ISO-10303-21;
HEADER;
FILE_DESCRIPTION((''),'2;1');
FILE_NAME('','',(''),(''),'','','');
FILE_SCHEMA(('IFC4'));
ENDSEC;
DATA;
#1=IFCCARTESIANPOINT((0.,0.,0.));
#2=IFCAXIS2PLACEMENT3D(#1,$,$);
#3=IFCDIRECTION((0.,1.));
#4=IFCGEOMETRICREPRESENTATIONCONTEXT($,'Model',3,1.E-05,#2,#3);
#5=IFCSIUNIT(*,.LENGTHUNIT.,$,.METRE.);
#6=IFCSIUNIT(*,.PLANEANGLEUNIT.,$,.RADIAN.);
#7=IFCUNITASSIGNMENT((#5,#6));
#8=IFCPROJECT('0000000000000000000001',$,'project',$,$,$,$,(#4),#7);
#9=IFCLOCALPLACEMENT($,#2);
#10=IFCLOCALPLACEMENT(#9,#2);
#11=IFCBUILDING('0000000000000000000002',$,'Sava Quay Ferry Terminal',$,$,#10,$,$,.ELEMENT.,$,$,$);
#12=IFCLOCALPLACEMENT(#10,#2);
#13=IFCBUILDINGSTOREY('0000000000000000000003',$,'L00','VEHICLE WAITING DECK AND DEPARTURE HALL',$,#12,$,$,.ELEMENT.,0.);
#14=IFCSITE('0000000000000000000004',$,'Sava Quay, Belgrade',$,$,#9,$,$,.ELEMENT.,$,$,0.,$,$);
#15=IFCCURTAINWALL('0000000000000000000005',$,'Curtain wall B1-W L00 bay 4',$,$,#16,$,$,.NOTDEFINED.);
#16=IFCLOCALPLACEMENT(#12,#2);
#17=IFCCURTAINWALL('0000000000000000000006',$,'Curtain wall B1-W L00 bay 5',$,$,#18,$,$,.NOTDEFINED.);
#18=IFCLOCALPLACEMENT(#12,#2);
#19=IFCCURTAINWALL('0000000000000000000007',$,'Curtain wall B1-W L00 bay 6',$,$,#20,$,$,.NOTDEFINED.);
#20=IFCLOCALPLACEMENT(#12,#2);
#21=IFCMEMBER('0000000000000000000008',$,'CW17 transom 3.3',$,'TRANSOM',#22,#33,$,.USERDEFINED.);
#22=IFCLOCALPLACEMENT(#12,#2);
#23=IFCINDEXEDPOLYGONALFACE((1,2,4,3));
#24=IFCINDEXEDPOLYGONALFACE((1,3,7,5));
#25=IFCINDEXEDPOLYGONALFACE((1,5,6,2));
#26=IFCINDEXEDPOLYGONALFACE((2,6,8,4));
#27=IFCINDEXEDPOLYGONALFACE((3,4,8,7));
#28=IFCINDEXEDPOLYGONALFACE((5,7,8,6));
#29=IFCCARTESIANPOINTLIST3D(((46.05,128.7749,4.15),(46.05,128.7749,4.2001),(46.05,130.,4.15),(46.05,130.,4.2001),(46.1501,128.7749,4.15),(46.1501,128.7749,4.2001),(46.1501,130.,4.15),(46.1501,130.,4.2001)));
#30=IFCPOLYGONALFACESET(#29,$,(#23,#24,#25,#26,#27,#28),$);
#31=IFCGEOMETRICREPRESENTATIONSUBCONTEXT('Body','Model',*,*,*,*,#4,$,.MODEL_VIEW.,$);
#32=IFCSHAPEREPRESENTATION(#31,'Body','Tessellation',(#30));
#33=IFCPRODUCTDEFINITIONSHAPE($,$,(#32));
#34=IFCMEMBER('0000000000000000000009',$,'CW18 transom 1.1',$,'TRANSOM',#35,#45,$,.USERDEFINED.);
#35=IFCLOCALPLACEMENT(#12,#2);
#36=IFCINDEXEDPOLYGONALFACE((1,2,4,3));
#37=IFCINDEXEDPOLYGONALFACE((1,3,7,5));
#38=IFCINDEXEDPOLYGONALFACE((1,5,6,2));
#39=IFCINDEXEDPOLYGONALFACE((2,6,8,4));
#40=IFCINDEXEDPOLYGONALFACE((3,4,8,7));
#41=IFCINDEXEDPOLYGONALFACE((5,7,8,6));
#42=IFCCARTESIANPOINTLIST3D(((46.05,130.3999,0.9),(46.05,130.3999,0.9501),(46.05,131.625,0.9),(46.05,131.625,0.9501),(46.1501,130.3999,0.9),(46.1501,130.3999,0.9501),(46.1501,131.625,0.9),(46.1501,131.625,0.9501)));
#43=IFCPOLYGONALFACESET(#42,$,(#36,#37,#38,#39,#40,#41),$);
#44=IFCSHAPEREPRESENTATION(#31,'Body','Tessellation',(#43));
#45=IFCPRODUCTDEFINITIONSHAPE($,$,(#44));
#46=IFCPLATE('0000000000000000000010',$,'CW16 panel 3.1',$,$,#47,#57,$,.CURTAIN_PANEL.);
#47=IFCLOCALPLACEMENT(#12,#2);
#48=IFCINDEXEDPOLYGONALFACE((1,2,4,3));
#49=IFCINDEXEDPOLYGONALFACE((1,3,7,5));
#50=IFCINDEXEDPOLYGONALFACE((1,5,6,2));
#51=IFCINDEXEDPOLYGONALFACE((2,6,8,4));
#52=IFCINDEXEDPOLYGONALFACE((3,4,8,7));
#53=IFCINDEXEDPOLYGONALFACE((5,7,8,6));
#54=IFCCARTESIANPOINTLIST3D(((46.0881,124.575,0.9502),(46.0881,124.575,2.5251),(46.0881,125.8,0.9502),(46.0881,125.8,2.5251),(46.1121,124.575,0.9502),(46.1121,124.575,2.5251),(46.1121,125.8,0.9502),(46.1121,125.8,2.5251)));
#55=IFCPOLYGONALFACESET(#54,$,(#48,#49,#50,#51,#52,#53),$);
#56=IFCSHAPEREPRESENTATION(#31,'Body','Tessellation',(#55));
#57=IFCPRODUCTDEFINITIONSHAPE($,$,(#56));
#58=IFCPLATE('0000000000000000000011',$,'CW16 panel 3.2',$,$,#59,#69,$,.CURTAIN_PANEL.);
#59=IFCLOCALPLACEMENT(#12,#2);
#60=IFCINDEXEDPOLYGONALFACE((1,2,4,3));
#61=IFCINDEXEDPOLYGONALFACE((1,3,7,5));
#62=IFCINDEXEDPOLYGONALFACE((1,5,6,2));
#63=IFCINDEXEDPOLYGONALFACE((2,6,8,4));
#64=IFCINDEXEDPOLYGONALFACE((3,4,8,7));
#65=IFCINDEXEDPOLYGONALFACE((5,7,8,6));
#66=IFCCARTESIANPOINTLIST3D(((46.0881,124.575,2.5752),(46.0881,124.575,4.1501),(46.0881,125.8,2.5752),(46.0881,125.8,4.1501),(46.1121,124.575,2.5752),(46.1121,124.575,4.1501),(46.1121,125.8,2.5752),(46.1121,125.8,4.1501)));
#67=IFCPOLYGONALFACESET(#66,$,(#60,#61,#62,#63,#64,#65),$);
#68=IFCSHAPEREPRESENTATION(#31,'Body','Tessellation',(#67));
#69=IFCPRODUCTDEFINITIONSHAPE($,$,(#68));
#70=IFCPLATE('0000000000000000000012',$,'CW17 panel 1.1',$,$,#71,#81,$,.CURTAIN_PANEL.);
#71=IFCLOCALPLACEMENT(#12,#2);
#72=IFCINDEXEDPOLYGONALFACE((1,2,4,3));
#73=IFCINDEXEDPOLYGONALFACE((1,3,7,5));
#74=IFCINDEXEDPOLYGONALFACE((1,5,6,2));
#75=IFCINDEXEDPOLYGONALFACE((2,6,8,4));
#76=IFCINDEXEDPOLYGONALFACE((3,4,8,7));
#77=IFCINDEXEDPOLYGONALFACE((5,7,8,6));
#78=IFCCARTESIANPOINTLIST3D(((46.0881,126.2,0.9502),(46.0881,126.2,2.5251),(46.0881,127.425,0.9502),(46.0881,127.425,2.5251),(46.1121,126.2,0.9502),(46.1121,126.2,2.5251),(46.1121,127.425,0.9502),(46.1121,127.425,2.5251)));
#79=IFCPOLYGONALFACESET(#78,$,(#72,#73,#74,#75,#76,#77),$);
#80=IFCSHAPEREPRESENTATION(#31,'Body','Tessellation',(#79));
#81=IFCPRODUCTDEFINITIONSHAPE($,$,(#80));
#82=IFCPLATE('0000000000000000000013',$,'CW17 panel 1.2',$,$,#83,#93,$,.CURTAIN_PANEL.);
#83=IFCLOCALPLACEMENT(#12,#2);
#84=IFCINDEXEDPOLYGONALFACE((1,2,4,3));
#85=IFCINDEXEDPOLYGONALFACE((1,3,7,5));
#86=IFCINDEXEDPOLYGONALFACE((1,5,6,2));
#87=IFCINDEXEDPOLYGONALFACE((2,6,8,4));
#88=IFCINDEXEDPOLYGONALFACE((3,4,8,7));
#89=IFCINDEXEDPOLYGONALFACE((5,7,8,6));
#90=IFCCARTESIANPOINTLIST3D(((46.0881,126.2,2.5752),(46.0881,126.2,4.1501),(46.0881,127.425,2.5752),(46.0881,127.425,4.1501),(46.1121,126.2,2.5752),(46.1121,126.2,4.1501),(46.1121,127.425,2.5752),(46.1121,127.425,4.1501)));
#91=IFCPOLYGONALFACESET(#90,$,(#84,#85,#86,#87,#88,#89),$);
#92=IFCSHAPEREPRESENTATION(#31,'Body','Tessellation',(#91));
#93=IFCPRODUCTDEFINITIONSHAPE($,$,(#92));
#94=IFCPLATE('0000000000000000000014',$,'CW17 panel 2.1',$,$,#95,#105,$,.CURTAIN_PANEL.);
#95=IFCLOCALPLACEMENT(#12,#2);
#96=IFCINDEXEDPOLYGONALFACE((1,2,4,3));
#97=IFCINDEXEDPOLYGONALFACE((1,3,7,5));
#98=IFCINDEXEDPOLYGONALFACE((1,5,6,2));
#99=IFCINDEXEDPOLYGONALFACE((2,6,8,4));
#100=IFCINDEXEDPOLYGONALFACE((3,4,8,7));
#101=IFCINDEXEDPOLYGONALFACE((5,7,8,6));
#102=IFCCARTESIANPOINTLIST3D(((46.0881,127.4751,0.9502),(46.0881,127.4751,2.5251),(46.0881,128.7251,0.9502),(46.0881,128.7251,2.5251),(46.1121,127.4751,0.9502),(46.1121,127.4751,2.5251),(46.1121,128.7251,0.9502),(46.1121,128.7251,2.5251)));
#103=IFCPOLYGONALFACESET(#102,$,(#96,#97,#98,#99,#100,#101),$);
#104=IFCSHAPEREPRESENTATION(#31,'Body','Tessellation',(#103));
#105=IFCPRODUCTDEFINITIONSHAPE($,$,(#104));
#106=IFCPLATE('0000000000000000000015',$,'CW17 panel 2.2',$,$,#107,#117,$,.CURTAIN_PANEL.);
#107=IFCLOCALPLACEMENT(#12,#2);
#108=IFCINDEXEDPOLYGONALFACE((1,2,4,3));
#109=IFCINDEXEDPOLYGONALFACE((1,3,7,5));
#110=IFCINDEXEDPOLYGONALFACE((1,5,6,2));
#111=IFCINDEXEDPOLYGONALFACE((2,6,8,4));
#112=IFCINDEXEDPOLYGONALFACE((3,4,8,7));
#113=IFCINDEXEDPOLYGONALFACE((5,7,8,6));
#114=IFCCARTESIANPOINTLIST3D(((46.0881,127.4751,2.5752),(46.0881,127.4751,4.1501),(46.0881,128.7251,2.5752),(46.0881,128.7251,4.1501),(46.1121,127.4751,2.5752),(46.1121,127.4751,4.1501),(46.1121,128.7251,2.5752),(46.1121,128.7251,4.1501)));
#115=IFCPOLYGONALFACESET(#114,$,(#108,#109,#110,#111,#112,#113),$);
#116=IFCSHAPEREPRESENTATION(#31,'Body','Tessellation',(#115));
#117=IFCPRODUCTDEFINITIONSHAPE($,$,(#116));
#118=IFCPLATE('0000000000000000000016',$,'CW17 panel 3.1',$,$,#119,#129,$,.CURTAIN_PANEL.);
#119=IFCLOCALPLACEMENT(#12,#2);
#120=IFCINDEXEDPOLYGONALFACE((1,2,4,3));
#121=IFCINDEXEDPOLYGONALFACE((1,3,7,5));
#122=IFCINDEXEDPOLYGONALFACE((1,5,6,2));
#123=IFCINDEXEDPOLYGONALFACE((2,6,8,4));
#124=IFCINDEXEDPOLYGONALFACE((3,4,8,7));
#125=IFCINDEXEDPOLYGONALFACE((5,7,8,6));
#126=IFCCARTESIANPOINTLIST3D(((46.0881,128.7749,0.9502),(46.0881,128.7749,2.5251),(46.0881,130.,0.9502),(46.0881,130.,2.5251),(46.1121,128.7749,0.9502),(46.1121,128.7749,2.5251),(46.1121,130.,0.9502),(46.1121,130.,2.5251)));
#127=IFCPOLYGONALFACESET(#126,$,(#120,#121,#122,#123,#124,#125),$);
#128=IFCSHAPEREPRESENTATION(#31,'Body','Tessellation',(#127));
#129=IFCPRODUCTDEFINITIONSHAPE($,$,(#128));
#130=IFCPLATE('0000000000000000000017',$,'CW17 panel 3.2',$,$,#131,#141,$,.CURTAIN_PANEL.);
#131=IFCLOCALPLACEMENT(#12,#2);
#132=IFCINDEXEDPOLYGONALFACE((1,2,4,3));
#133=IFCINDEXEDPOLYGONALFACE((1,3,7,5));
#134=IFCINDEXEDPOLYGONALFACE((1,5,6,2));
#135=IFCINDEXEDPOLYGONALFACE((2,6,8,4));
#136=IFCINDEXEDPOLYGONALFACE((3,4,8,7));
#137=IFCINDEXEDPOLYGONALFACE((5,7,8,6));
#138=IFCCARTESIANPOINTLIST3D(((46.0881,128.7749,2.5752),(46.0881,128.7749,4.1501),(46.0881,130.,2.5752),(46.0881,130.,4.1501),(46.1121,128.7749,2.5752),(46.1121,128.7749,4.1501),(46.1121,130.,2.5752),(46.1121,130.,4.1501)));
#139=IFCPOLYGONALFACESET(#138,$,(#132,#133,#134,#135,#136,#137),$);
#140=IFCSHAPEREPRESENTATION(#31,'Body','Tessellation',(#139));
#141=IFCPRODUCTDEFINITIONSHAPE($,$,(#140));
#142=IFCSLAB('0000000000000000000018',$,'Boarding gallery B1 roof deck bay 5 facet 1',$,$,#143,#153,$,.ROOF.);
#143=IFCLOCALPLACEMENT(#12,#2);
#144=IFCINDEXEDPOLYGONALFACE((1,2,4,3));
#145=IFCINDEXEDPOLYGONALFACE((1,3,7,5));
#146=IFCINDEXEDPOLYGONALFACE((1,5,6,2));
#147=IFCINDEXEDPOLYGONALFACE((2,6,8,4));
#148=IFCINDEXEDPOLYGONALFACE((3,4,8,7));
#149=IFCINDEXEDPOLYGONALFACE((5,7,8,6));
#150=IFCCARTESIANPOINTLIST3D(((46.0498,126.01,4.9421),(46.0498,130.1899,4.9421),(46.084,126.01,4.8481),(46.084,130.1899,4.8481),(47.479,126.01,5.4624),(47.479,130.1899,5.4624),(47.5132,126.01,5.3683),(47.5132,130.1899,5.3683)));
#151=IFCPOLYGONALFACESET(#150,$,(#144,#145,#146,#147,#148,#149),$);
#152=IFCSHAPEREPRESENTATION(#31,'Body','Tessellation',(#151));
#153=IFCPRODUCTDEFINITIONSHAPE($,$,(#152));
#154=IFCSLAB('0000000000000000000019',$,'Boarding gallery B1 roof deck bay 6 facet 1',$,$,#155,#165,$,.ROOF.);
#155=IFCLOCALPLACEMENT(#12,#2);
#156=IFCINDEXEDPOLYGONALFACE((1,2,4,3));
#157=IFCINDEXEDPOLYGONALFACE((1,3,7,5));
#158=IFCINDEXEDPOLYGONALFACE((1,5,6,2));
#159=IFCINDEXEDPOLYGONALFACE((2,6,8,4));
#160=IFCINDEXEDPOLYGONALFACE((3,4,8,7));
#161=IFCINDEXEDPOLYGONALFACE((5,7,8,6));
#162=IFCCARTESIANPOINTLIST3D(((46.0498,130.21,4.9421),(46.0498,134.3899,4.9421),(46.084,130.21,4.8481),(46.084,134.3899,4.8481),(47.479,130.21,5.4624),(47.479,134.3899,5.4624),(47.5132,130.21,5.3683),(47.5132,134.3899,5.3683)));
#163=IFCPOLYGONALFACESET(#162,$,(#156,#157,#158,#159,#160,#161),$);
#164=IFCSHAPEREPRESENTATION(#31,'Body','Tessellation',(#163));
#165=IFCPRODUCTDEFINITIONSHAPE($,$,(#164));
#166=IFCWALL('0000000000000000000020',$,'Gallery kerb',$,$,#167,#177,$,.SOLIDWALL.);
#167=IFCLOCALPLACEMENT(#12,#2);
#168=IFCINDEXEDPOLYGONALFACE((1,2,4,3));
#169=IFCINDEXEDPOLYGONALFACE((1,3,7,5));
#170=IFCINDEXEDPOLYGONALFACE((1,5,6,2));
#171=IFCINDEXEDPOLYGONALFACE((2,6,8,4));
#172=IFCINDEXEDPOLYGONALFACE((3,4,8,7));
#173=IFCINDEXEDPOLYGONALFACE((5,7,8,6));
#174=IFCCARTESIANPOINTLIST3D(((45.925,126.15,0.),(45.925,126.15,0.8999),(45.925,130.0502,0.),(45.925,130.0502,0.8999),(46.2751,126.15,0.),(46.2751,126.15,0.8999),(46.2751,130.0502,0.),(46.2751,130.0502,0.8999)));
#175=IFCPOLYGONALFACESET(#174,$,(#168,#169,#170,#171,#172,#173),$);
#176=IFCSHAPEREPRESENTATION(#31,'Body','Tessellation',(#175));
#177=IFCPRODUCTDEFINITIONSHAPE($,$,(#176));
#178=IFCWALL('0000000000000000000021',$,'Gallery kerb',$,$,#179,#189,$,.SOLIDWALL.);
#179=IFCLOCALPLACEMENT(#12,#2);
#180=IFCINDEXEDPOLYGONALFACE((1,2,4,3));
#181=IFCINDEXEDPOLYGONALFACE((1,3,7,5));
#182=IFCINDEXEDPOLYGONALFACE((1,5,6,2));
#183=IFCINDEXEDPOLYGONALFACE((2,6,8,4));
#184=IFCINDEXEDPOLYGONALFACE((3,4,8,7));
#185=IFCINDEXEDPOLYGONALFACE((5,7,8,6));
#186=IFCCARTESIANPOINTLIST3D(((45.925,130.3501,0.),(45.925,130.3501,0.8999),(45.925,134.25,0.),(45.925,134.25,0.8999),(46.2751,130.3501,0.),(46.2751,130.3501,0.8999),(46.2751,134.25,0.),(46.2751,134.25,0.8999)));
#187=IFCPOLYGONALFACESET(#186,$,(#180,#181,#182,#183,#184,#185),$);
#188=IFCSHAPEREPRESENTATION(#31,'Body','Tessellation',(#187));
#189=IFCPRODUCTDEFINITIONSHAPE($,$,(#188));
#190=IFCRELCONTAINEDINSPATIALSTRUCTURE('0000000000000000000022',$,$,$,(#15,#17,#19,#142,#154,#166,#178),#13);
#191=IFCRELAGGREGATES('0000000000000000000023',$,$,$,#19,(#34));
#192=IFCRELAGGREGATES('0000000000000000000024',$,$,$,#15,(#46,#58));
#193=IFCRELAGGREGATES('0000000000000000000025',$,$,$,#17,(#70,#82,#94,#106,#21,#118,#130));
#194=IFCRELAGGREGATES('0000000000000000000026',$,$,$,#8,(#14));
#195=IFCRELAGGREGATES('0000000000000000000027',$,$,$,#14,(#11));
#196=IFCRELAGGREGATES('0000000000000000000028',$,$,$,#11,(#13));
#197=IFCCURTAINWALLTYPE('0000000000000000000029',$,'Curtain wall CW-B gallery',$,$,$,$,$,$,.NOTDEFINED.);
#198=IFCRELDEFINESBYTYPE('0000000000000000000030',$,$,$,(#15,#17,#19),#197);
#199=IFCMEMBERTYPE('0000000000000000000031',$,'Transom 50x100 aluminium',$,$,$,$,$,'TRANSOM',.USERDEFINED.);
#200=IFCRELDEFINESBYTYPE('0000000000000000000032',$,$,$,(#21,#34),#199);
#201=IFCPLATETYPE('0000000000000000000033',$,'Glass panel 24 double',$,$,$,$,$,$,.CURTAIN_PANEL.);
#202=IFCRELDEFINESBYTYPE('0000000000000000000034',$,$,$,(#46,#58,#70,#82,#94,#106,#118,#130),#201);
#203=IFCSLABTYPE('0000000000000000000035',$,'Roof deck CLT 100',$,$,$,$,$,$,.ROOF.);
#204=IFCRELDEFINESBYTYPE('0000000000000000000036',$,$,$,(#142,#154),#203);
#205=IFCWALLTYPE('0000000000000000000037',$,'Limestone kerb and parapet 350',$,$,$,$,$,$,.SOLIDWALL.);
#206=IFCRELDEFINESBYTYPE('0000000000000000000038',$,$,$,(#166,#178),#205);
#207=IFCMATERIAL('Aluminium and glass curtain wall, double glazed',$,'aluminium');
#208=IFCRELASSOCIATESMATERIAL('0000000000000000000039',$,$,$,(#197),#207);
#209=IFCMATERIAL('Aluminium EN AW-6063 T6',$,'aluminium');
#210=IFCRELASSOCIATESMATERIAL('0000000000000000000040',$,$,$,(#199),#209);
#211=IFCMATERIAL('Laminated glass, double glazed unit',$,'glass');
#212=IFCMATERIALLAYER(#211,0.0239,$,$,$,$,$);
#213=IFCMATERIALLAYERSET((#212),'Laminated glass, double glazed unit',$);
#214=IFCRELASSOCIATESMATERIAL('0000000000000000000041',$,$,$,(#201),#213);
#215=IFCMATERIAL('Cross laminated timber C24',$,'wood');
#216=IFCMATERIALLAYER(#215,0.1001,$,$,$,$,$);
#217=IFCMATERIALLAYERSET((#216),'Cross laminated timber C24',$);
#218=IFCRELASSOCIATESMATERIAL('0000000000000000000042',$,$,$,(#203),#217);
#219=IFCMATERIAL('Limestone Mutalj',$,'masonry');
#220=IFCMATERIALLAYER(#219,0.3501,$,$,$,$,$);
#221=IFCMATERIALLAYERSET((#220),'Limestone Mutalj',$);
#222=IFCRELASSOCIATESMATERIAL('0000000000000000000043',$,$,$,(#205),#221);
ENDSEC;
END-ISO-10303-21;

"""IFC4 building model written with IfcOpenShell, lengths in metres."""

from ifc_helpers import new_model, si_unit, direction, frame, frame_2d, origin, origin_2d, place, context, subcontext, project, spatial, polyline, rectangle, outline, extrude, material, layer, layer_set, material_profile, profile_set, type_object, element, aggregate, save


model = new_model("IFC4")

# Units and contexts
model_context = context("Model", 3, precision=1e-05, world=origin(), true_north=direction((0.0, 1.0)))
body_context = subcontext(model_context, "Body", "Model", "MODEL_VIEW")
ifc_project = project(units=[si_unit("LENGTHUNIT", "METRE"), si_unit("PLANEANGLEUNIT", "RADIAN")], contexts=[model_context])

# Site, building, storey
site_placement = place(None, origin())
site = spatial("IfcSite", under=ifc_project, at=site_placement, Name="Sava Quay, Belgrade", CompositionType="ELEMENT", RefElevation=0.0)
building_placement = place(site_placement, origin())
building = spatial("IfcBuilding", under=site, at=building_placement, Name="Sava Quay Ferry Terminal", CompositionType="ELEMENT")
storey_placement = place(building_placement, origin())
storey = spatial("IfcBuildingStorey", under=building, at=storey_placement, Name="L00", Description="VEHICLE WAITING DECK AND DEPARTURE HALL", CompositionType="ELEMENT", Elevation=0.0)

# Curtain wall
ifc_material_1 = material(Name="Aluminium and glass curtain wall, double glazed", Category="aluminium")
curtain_wall_type = type_object("IfcCurtainWallType", Name="Curtain wall CW-B gallery", PredefinedType="NOTDEFINED", material=ifc_material_1)
curtain_wall_1_placement = place(storey_placement, origin())
curtain_wall_1 = element("IfcCurtainWall", 1, at=curtain_wall_1_placement, inside=storey, type_object=curtain_wall_type, Name="Curtain wall B1-W L00 bay 4", PredefinedType="NOTDEFINED")

# Curtain wall
curtain_wall_2_placement = place(storey_placement, origin())
curtain_wall_2 = element("IfcCurtainWall", 2, at=curtain_wall_2_placement, inside=storey, type_object=curtain_wall_type, Name="Curtain wall B1-W L00 bay 5", PredefinedType="NOTDEFINED")

# Curtain wall
curtain_wall_3_placement = place(storey_placement, origin())
curtain_wall_3 = element("IfcCurtainWall", 3, at=curtain_wall_3_placement, inside=storey, type_object=curtain_wall_type, Name="Curtain wall B1-W L00 bay 6", PredefinedType="NOTDEFINED")

# Members
ifc_material_2 = material(Name="Aluminium EN AW-6063 T6", Category="aluminium")
ifc_material_profile_1 = material_profile(ifc_material_2, rectangle(XDim=0.1001, YDim=0.05, at=origin_2d()), Name="Transom 50x100 aluminium")
ifc_profile_set_1 = profile_set([ifc_material_profile_1], Name="Aluminium EN AW-6063 T6")
member_type_1 = type_object("IfcMemberType", Name="Transom 50x100 aluminium", ElementType="TRANSOM", PredefinedType="USERDEFINED", material=ifc_profile_set_1)
member_1_placement = place(storey_placement, frame((46.1001, 128.7749, 4.175), z_axis=(0.0, 1.0, 0.0), x_axis=(-1.0, 0.0, 0.0)))
member_1 = element("IfcMember", 4, at=member_1_placement, type_object=member_type_1, Name="CW17 transom 3.3", ObjectType="TRANSOM", PredefinedType="USERDEFINED", context=body_context, shape_type="SweptSolid", body=[
    extrude(rectangle(XDim=0.1001, YDim=0.05, at=origin_2d()), origin(), (0.0, 0.0, 1.0), 1.2251),
])
member_2_placement = place(storey_placement, frame((46.1001, 130.3999, 0.925), z_axis=(0.0, 1.0, 0.0), x_axis=(-1.0, 0.0, 0.0)))
member_2 = element("IfcMember", 5, at=member_2_placement, type_object=member_type_1, Name="CW18 transom 1.1", ObjectType="TRANSOM", PredefinedType="USERDEFINED", context=body_context, shape_type="SweptSolid", body=[
    extrude(rectangle(XDim=0.1001, YDim=0.05, at=origin_2d()), origin(), (0.0, 0.0, 1.0), 1.2251),
])
aggregate(curtain_wall_3, [member_2])

# Plates
ifc_material_3 = material(Name="Laminated glass, double glazed unit", Category="glass")
ifc_layer_1 = layer(ifc_material_3, 0.0239)
ifc_layer_set_1 = layer_set([ifc_layer_1], Name="Laminated glass, double glazed unit")
plate_type = type_object("IfcPlateType", Name="Glass panel 24 double", PredefinedType="CURTAIN_PANEL", material=ifc_layer_set_1)
plate_1_placement = place(storey_placement, frame((46.1001, 125.1875, 0.9502), z_axis=(0.0, 0.0, 1.0), x_axis=(0.0, 1.0, 0.0)))
plate_1 = element("IfcPlate", 6, at=plate_1_placement, type_object=plate_type, Name="CW16 panel 3.1", PredefinedType="CURTAIN_PANEL", context=body_context, shape_type="SweptSolid", body=[
    extrude(rectangle(XDim=1.2251, YDim=0.0239, at=origin_2d()), origin(), (0.0, 0.0, 1.0), 1.575),
])
plate_2_placement = place(storey_placement, frame((46.1001, 125.1875, 2.5752), z_axis=(0.0, 0.0, 1.0), x_axis=(0.0, 1.0, 0.0)))
plate_2 = element("IfcPlate", 7, at=plate_2_placement, type_object=plate_type, Name="CW16 panel 3.2", PredefinedType="CURTAIN_PANEL", context=body_context, shape_type="SweptSolid", body=[
    extrude(rectangle(XDim=1.2251, YDim=0.0239, at=origin_2d()), origin(), (0.0, 0.0, 1.0), 1.575),
])
aggregate(curtain_wall_1, [plate_1, plate_2])
plate_3_placement = place(storey_placement, frame((46.1001, 126.8125, 0.9502), z_axis=(0.0, 0.0, 1.0), x_axis=(0.0, 1.0, 0.0)))
plate_3 = element("IfcPlate", 8, at=plate_3_placement, type_object=plate_type, Name="CW17 panel 1.1", PredefinedType="CURTAIN_PANEL", context=body_context, shape_type="SweptSolid", body=[
    extrude(rectangle(XDim=1.2251, YDim=0.0239, at=origin_2d()), origin(), (0.0, 0.0, 1.0), 1.575),
])
plate_4_placement = place(storey_placement, frame((46.1001, 126.8125, 2.5752), z_axis=(0.0, 0.0, 1.0), x_axis=(0.0, 1.0, 0.0)))
plate_4 = element("IfcPlate", 9, at=plate_4_placement, type_object=plate_type, Name="CW17 panel 1.2", PredefinedType="CURTAIN_PANEL", context=body_context, shape_type="SweptSolid", body=[
    extrude(rectangle(XDim=1.2251, YDim=0.0239, at=origin_2d()), origin(), (0.0, 0.0, 1.0), 1.575),
])
plate_5_placement = place(storey_placement, frame((46.1001, 128.1001, 0.9502), z_axis=(0.0, 0.0, 1.0), x_axis=(0.0, 1.0, 0.0)))
plate_5 = element("IfcPlate", 10, at=plate_5_placement, type_object=plate_type, Name="CW17 panel 2.1", PredefinedType="CURTAIN_PANEL", context=body_context, shape_type="SweptSolid", body=[
    extrude(rectangle(XDim=1.25, YDim=0.0239, at=origin_2d()), origin(), (0.0, 0.0, 1.0), 1.575),
])
plate_6_placement = place(storey_placement, frame((46.1001, 128.1001, 2.5752), z_axis=(0.0, 0.0, 1.0), x_axis=(0.0, 1.0, 0.0)))
plate_6 = element("IfcPlate", 11, at=plate_6_placement, type_object=plate_type, Name="CW17 panel 2.2", PredefinedType="CURTAIN_PANEL", context=body_context, shape_type="SweptSolid", body=[
    extrude(rectangle(XDim=1.25, YDim=0.0239, at=origin_2d()), origin(), (0.0, 0.0, 1.0), 1.575),
])
plate_7_placement = place(storey_placement, frame((46.1001, 129.3875, 0.9502), z_axis=(0.0, 0.0, 1.0), x_axis=(0.0, 1.0, 0.0)))
plate_7 = element("IfcPlate", 12, at=plate_7_placement, type_object=plate_type, Name="CW17 panel 3.1", PredefinedType="CURTAIN_PANEL", context=body_context, shape_type="SweptSolid", body=[
    extrude(rectangle(XDim=1.2251, YDim=0.0239, at=origin_2d()), origin(), (0.0, 0.0, 1.0), 1.575),
])
plate_8_placement = place(storey_placement, frame((46.1001, 129.3875, 2.5752), z_axis=(0.0, 0.0, 1.0), x_axis=(0.0, 1.0, 0.0)))
plate_8 = element("IfcPlate", 13, at=plate_8_placement, type_object=plate_type, Name="CW17 panel 3.2", PredefinedType="CURTAIN_PANEL", context=body_context, shape_type="SweptSolid", body=[
    extrude(rectangle(XDim=1.2251, YDim=0.0239, at=origin_2d()), origin(), (0.0, 0.0, 1.0), 1.575),
])
aggregate(curtain_wall_2, [plate_3, plate_4, plate_5, plate_6, member_1, plate_7, plate_8])

# Slabs
ifc_material_4 = material(Name="Cross laminated timber C24", Category="wood")
ifc_layer_2 = layer(ifc_material_4, 0.1001)
ifc_layer_set_2 = layer_set([ifc_layer_2], Name="Cross laminated timber C24")
slab_type = type_object("IfcSlabType", Name="Roof deck CLT 100", PredefinedType="ROOF", material=ifc_layer_set_2)
for number, where, z_axis, x_axis, name in (
    (14, (46.0498, 126.01, 4.9421), (-0.342065, 0.0, 0.939676), (0.939676, 0.0, 0.342065), "Boarding gallery B1 roof deck bay 5 facet 1"),
    (15, (46.0498, 130.21, 4.9421), (-0.342065, 0.0, 0.939676), (0.939676, 0.0, 0.342065), "Boarding gallery B1 roof deck bay 6 facet 1"),
):
    element("IfcSlab", number, at=place(storey_placement, frame(where, z_axis=z_axis, x_axis=x_axis)), inside=storey, type_object=slab_type, Name=name, PredefinedType="ROOF", context=body_context, shape_type="SweptSolid", body=[
        extrude(outline(polyline([(0.0, 0.0), (1.5209, 0.0), (1.5209, 4.1799), (0.0, 4.1799), (0.0, 0.0)])), origin(), (0.0, 0.0, -1.0), 0.1001),
    ])

# Walls
ifc_material_5 = material(Name="Limestone Mutalj", Category="masonry")
ifc_layer_3 = layer(ifc_material_5, 0.3501)
ifc_layer_set_3 = layer_set([ifc_layer_3], Name="Limestone Mutalj")
wall_type = type_object("IfcWallType", Name="Limestone kerb and parapet 350", PredefinedType="SOLIDWALL", material=ifc_layer_set_3)
wall_1_placement = place(storey_placement, frame((46.1001, 126.1499, 0.0), z_axis=(0.0, 0.0, 1.0), x_axis=(0.0, 1.0, 0.0)))
element("IfcWall", 16, at=wall_1_placement, inside=storey, type_object=wall_type, Name="Gallery kerb", PredefinedType="SOLIDWALL", context=body_context, shape_type="SweptSolid", body=[
    extrude(rectangle(XDim=3.9001, YDim=0.3501, at=frame_2d((1.9502, 0.0))), origin(), (0.0, 0.0, 1.0), 0.8999),
])
wall_2_placement = place(storey_placement, frame((46.1001, 130.3501, 0.0), z_axis=(0.0, 0.0, 1.0), x_axis=(0.0, 1.0, 0.0)))
element("IfcWall", 17, at=wall_2_placement, inside=storey, type_object=wall_type, Name="Gallery kerb", PredefinedType="SOLIDWALL", context=body_context, shape_type="SweptSolid", body=[
    extrude(rectangle(XDim=3.8999, YDim=0.3501, at=frame_2d((1.95, 0.0))), origin(), (0.0, 0.0, 1.0), 0.8999),
])

save(model, "model.ifc")
